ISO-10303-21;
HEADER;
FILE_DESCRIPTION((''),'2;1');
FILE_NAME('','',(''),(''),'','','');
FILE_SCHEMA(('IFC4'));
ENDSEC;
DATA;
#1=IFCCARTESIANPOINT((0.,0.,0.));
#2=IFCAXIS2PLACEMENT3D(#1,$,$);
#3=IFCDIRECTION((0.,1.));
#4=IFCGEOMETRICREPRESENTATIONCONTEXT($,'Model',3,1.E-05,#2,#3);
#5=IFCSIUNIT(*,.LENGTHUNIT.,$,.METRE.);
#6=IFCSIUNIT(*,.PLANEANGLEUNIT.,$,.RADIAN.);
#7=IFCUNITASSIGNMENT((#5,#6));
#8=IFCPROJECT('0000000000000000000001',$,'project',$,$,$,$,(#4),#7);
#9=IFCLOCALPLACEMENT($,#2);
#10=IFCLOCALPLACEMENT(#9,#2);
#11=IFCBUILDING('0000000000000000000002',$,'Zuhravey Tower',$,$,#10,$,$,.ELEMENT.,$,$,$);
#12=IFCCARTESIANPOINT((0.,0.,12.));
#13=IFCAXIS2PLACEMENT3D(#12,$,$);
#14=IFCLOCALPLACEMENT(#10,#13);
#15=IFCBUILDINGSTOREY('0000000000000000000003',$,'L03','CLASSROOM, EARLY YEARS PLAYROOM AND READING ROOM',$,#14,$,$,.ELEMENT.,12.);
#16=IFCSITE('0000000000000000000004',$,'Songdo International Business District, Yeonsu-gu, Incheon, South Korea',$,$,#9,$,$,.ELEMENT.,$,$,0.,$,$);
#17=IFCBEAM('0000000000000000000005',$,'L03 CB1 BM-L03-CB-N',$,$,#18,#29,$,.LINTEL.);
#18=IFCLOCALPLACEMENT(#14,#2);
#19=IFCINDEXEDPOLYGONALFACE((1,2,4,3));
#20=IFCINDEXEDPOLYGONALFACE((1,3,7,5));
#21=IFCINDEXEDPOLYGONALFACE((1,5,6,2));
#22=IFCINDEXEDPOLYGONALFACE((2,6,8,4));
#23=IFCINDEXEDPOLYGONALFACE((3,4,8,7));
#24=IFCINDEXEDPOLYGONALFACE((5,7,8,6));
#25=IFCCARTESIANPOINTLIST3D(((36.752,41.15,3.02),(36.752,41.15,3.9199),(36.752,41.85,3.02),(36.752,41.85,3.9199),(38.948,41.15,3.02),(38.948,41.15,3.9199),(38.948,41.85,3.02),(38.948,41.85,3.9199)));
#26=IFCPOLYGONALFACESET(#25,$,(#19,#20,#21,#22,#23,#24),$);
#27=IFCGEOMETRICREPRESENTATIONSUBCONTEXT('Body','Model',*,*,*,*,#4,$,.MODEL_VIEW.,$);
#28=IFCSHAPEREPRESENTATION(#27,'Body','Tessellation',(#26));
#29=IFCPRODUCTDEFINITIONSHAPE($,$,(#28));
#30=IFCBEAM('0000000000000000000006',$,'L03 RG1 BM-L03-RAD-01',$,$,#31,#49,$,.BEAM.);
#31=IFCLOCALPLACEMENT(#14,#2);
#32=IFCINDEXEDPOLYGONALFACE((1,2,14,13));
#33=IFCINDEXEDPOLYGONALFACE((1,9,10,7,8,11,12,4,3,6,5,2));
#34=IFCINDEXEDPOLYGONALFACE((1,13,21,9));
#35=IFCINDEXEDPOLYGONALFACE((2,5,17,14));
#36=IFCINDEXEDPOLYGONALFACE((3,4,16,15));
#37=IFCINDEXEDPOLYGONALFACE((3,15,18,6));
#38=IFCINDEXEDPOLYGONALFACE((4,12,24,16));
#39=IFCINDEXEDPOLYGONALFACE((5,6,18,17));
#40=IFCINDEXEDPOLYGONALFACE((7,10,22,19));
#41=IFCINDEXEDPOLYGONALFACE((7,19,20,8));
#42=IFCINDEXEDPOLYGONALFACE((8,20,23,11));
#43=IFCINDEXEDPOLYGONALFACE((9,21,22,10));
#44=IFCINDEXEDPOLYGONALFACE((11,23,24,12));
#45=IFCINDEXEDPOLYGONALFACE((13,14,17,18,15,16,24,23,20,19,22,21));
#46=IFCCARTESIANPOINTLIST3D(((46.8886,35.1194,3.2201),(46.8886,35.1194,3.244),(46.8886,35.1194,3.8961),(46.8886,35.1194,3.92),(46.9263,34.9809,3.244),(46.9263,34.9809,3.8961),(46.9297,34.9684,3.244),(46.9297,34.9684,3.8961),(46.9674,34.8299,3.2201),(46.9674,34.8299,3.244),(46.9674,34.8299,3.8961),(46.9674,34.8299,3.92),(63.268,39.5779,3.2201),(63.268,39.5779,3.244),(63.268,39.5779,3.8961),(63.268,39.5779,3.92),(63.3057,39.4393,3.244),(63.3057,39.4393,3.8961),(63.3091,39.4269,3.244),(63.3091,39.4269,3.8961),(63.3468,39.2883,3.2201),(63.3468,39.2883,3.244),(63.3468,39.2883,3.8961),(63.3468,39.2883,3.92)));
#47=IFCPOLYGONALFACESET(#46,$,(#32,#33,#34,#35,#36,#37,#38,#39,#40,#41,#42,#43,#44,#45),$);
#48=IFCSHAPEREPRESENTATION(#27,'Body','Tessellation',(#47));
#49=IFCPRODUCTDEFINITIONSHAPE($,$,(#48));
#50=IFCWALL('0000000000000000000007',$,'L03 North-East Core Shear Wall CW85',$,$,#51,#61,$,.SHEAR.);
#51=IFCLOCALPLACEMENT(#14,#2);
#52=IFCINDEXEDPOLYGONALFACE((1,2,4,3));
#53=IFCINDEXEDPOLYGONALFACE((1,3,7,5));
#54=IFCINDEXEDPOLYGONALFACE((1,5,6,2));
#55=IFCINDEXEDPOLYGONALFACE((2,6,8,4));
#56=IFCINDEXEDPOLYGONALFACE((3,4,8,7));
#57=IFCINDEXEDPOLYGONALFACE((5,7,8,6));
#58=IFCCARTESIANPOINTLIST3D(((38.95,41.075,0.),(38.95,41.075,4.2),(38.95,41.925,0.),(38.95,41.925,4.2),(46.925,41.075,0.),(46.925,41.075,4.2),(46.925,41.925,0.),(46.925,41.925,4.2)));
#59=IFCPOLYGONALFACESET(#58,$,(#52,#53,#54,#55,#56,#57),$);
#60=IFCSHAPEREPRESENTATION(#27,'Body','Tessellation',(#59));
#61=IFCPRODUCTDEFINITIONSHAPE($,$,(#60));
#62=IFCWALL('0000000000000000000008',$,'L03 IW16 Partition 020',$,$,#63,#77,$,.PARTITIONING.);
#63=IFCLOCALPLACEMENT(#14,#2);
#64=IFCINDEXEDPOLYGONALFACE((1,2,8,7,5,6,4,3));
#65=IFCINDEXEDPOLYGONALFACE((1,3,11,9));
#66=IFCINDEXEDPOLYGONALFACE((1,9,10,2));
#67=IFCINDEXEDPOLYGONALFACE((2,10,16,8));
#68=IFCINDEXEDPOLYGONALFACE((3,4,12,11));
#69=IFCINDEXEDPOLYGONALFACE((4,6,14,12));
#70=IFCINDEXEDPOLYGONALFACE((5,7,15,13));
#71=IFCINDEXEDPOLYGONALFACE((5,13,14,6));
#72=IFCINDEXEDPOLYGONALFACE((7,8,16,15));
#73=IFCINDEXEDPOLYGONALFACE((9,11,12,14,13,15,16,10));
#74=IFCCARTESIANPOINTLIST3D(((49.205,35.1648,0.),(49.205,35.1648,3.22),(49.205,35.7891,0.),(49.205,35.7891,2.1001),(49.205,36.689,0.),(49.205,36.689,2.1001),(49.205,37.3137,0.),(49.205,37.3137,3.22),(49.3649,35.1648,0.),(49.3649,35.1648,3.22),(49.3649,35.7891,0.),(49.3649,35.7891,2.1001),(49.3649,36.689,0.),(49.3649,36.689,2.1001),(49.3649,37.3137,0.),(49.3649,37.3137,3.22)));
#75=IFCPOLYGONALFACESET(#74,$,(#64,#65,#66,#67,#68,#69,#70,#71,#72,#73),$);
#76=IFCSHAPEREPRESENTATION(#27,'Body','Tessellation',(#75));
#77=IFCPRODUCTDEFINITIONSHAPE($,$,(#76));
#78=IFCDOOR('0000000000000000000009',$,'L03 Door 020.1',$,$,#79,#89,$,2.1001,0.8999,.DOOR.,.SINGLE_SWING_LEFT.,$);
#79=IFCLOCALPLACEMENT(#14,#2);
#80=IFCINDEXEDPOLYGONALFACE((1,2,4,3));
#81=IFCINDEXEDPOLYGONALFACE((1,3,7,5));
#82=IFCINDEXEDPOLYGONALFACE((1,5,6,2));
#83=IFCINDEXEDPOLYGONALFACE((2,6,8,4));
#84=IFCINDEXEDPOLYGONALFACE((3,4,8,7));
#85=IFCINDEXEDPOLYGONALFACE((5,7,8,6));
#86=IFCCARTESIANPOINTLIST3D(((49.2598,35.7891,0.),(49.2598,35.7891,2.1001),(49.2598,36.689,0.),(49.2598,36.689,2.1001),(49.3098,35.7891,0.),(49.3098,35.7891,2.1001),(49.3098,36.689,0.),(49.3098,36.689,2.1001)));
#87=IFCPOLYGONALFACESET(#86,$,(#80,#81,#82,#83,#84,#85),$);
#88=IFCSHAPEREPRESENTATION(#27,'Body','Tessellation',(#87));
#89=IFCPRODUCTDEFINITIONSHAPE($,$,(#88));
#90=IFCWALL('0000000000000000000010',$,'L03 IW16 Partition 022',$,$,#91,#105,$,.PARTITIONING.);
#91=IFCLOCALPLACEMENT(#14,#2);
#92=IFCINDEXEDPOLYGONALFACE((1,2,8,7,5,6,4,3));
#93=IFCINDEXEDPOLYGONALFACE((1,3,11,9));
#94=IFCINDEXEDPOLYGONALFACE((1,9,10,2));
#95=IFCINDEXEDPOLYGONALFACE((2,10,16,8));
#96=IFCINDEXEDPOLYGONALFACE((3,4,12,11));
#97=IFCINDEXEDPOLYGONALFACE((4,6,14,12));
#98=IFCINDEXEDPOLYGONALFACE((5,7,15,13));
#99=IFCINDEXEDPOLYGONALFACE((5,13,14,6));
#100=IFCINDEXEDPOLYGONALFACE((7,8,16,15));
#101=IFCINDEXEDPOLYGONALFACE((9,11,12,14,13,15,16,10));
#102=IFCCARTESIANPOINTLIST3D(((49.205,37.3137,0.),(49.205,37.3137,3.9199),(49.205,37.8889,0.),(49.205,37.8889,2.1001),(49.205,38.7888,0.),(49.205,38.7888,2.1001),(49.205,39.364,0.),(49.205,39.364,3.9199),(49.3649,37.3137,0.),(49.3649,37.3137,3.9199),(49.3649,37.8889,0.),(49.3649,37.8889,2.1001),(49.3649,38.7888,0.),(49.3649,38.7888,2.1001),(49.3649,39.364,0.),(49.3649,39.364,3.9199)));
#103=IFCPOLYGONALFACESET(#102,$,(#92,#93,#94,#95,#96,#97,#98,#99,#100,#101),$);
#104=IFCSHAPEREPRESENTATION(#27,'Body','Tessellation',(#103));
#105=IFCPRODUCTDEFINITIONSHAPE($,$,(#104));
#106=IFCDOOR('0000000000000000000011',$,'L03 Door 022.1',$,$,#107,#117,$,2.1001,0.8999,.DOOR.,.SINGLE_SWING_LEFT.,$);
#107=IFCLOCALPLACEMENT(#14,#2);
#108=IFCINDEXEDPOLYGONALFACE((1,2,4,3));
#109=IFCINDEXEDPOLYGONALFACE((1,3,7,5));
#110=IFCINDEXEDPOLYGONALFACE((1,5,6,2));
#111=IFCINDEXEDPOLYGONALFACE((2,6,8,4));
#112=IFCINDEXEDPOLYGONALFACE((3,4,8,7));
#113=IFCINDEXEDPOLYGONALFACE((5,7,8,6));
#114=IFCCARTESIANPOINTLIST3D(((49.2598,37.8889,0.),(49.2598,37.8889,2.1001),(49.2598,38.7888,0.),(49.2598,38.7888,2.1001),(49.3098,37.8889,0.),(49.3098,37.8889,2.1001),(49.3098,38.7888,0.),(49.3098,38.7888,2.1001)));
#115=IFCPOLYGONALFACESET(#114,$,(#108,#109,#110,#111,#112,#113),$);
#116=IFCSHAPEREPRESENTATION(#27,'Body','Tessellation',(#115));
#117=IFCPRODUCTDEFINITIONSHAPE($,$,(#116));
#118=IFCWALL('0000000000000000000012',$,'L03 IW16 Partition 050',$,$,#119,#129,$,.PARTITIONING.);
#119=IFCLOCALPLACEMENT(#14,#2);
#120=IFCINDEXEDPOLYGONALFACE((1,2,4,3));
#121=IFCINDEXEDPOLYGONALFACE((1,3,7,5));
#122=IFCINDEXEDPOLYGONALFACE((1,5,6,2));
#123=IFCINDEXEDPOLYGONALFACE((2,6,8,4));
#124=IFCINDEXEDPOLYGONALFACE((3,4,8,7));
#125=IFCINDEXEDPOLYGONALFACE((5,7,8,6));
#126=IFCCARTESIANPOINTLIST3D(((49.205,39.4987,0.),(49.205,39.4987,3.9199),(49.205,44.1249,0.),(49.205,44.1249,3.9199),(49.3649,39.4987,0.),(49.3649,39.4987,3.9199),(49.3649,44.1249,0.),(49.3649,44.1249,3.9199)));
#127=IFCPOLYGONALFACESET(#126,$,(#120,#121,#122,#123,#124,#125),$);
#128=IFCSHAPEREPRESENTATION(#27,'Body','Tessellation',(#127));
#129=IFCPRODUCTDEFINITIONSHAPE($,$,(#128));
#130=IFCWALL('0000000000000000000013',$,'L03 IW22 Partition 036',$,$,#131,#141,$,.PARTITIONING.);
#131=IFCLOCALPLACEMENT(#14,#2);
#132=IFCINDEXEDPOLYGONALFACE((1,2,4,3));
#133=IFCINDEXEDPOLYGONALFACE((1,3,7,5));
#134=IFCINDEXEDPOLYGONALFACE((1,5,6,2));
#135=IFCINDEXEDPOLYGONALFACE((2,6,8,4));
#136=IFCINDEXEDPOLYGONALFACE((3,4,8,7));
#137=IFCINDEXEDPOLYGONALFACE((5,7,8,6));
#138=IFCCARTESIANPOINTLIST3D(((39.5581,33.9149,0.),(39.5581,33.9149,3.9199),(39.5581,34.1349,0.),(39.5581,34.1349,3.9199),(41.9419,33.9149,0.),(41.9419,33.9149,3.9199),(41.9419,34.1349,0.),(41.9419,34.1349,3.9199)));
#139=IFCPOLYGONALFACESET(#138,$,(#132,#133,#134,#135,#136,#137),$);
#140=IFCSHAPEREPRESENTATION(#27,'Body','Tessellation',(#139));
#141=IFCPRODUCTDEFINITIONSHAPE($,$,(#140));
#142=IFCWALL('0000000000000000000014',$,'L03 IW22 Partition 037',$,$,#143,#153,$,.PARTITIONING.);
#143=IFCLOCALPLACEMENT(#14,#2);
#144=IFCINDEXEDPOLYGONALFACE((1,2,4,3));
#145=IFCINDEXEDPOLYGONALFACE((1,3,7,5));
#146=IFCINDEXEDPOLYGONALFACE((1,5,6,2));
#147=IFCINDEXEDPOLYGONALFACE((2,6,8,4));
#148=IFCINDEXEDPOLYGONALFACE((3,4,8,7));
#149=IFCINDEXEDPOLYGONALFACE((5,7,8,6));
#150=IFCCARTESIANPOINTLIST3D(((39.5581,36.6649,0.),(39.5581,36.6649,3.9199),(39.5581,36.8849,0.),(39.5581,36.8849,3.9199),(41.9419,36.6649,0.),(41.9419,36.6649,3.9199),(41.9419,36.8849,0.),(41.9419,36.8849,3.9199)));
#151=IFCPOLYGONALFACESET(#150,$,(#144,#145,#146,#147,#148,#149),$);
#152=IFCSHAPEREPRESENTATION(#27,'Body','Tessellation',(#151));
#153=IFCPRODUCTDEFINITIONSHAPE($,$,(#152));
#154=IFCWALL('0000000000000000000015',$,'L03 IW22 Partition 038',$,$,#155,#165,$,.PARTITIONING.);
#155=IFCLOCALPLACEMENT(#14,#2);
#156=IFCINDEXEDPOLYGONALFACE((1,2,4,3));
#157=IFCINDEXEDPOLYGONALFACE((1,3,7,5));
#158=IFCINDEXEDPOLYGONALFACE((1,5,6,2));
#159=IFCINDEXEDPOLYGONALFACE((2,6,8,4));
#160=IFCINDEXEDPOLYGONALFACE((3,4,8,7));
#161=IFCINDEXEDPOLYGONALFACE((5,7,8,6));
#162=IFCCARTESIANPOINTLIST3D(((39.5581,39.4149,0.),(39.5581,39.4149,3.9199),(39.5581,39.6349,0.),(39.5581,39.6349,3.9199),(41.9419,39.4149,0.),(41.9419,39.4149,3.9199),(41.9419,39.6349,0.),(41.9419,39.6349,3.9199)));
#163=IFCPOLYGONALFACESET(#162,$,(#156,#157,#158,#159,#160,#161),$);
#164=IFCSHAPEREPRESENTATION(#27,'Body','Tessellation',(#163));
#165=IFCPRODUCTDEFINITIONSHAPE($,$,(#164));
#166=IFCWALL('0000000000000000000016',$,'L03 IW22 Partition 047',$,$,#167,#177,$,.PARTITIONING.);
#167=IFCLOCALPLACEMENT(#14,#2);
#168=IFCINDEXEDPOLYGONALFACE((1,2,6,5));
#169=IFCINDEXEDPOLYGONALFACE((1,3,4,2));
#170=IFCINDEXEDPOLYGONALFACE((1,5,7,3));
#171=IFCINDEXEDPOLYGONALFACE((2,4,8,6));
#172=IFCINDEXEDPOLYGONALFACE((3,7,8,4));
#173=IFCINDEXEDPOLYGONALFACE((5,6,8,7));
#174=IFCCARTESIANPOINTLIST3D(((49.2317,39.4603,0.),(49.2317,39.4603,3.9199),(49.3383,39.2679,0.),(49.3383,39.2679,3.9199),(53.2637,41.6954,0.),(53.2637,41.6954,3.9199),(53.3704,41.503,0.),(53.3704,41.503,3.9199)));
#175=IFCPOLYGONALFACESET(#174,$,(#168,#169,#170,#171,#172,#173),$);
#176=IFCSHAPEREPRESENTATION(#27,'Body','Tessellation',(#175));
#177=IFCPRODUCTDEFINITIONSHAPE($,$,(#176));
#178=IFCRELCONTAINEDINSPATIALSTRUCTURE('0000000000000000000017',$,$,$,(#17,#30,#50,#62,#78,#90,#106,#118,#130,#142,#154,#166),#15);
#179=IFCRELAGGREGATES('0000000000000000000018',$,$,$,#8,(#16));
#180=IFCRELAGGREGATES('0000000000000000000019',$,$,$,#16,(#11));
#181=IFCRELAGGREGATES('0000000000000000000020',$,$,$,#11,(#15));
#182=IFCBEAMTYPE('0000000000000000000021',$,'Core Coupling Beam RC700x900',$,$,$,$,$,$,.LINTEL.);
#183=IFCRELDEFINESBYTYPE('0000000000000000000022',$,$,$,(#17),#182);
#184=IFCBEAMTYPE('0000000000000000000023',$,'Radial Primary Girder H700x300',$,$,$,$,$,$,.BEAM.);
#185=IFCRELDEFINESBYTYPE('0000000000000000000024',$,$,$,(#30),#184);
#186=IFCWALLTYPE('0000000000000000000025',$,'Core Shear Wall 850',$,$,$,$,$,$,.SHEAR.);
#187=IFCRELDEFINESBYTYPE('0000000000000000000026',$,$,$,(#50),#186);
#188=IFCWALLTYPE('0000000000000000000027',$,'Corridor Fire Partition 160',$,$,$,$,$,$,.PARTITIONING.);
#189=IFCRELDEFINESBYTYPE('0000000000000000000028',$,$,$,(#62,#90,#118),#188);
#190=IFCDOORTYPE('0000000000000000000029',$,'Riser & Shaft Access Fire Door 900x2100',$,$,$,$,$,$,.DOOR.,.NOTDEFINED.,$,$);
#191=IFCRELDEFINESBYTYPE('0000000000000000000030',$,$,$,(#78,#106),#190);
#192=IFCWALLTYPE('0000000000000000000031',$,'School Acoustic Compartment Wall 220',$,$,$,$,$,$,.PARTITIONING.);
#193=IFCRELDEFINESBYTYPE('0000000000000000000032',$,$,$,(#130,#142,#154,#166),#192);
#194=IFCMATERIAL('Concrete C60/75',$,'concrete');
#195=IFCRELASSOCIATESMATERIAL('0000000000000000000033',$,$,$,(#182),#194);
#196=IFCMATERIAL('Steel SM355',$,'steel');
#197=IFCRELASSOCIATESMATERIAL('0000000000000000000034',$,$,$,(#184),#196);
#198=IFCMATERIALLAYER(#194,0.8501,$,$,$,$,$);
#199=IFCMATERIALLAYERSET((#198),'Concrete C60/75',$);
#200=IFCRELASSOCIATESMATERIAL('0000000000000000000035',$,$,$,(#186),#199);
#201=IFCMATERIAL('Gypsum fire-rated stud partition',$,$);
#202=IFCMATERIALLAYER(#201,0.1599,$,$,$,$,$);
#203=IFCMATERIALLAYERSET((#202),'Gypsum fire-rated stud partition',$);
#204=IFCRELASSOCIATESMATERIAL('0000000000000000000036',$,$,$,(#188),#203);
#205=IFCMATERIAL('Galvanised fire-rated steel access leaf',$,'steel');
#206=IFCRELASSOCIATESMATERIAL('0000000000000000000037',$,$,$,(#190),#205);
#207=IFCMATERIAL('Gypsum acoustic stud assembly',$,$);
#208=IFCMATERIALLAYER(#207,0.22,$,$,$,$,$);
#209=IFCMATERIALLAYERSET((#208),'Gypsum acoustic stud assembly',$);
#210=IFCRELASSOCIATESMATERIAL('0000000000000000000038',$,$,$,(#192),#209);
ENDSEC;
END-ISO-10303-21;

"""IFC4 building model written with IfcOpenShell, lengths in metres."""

from ifc_helpers import new_model, si_unit, direction, frame, frame_2d, origin, origin_2d, place, context, subcontext, project, spatial, rectangle, i_section, extrude, material, layer, layer_set, material_profile, profile_set, type_object, element, fill, save


model = new_model("IFC4")

# Units and contexts
model_context = context("Model", 3, precision=1e-05, world=origin(), true_north=direction((0.0, 1.0)))
body_context = subcontext(model_context, "Body", "Model", "MODEL_VIEW")
ifc_project = project(units=[si_unit("LENGTHUNIT", "METRE"), si_unit("PLANEANGLEUNIT", "RADIAN")], contexts=[model_context])

# Site, building, storey
site_placement = place(None, origin())
site = spatial("IfcSite", under=ifc_project, at=site_placement, Name="Songdo International Business District, Yeonsu-gu, Incheon, South Korea", CompositionType="ELEMENT", RefElevation=0.0)
building_placement = place(site_placement, origin())
building = spatial("IfcBuilding", under=site, at=building_placement, Name="Zuhravey Tower", CompositionType="ELEMENT")
storey_placement = place(building_placement, frame((0.0, 0.0, 12.0)))
storey = spatial("IfcBuildingStorey", under=building, at=storey_placement, Name="L03", Description="CLASSROOM, EARLY YEARS PLAYROOM AND READING ROOM", CompositionType="ELEMENT", Elevation=12.0)

# Beams
ifc_material_1 = material(Name="Concrete C60/75", Category="concrete")
ifc_material_profile_1 = material_profile(ifc_material_1, rectangle(XDim=0.7, YDim=0.8999, at=origin_2d()), Name="RC-700x900")
ifc_profile_set_1 = profile_set([ifc_material_profile_1], Name="Concrete C60/75")
beam_type_1 = type_object("IfcBeamType", Name="Core Coupling Beam RC700x900", PredefinedType="LINTEL", material=ifc_profile_set_1)
beam_1_placement = place(storey_placement, frame((36.752, 41.5, 3.47), z_axis=(1.0, 0.0, 0.0), x_axis=(0.0, 1.0, 0.0)))
element("IfcBeam", 1, at=beam_1_placement, inside=storey, type_object=beam_type_1, Name="L03 CB1 BM-L03-CB-N", PredefinedType="LINTEL", context=body_context, shape_type="SweptSolid", body=[
    extrude(rectangle(XDim=0.7, YDim=0.8999, at=origin_2d()), origin(), (0.0, 0.0, 1.0), 2.196),
])
ifc_material_2 = material(Name="Steel SM355", Category="steel")
ifc_material_profile_2 = material_profile(ifc_material_2, i_section(OverallWidth=0.3, OverallDepth=0.7, WebThickness=0.0129, FlangeThickness=0.0239, at=origin_2d()), Name="H-700x300x13x24")
ifc_profile_set_2 = profile_set([ifc_material_profile_2], Name="Steel SM355")
beam_type_2 = type_object("IfcBeamType", Name="Radial Primary Girder H700x300", PredefinedType="BEAM", material=ifc_profile_set_2)
beam_2_placement = place(storey_placement, frame((46.928, 34.9746, 3.5701), z_axis=(0.964892, 0.262645, 0.0), x_axis=(-0.262645, 0.964892, 0.0)))
element("IfcBeam", 2, at=beam_2_placement, inside=storey, type_object=beam_type_2, Name="L03 RG1 BM-L03-RAD-01", PredefinedType="BEAM", context=body_context, shape_type="SweptSolid", body=[
    extrude(i_section(OverallWidth=0.3, OverallDepth=0.7, WebThickness=0.0129, FlangeThickness=0.0239, at=origin_2d()), origin(), (0.0, 0.0, 1.0), 16.9753),
])

# Wall
ifc_layer_1 = layer(ifc_material_1, 0.8501)
ifc_layer_set_1 = layer_set([ifc_layer_1], Name="Concrete C60/75")
wall_type_1 = type_object("IfcWallType", Name="Core Shear Wall 850", PredefinedType="SHEAR", material=ifc_layer_set_1)
wall_1_placement = place(storey_placement, frame((46.925, 41.5, 0.0), z_axis=(0.0, 0.0, 1.0), x_axis=(-1.0, 0.0, 0.0)))
element("IfcWall", 3, at=wall_1_placement, inside=storey, type_object=wall_type_1, Name="L03 North-East Core Shear Wall CW85", PredefinedType="SHEAR", context=body_context, shape_type="SweptSolid", body=[
    extrude(rectangle(XDim=7.9751, YDim=0.8501, at=frame_2d((3.9875, 0.0))), origin(), (0.0, 0.0, 1.0), 4.2),
])

# Walls, openings, doors
ifc_material_3 = material(Name="Gypsum fire-rated stud partition")
ifc_layer_2 = layer(ifc_material_3, 0.1599)
ifc_layer_set_2 = layer_set([ifc_layer_2], Name="Gypsum fire-rated stud partition")
wall_type_2 = type_object("IfcWallType", Name="Corridor Fire Partition 160", PredefinedType="PARTITIONING", material=ifc_layer_set_2)
wall_2_placement = place(storey_placement, frame((49.2849, 35.1648, 0.0), z_axis=(0.0, 0.0, 1.0), x_axis=(0.0, 1.0, 0.0)))
wall_2 = element("IfcWall", 4, at=wall_2_placement, inside=storey, type_object=wall_type_2, Name="L03 IW16 Partition 020", PredefinedType="PARTITIONING", context=body_context, shape_type="SweptSolid", body=[
    extrude(rectangle(XDim=2.1489, YDim=0.1599, at=frame_2d((1.0745, 0.0))), origin(), (0.0, 0.0, 1.0), 3.22),
])
opening_1_placement = place(wall_2_placement, frame((0.6243, 0.0, 0.0)))
opening_1 = element("IfcOpeningElement", 5, at=opening_1_placement, cuts=wall_2, PredefinedType="OPENING", context=body_context, shape_type="SweptSolid", body=[
    extrude(rectangle(XDim=0.8999, YDim=2.1001, at=frame_2d((0.45, 1.05))), frame((0.0, 0.092, 0.0), z_axis=(0.0, -1.0, 0.0), x_axis=(1.0, 0.0, 0.0)), (0.0, 0.0, 1.0), 0.1838),
])
ifc_material_4 = material(Name="Galvanised fire-rated steel access leaf", Category="steel")
door_type_1 = type_object("IfcDoorType", Name="Riser & Shaft Access Fire Door 900x2100", OperationType="NOTDEFINED", PredefinedType="DOOR", material=ifc_material_4)
door_1_placement = place(opening_1_placement, frame((0.8999, 0.0, 0.0), z_axis=(0.0, 0.0, 1.0), x_axis=(-1.0, 0.0, 0.0)))
door_1 = element("IfcDoor", 6, at=door_1_placement, inside=storey, type_object=door_type_1, Name="L03 Door 020.1", OperationType="SINGLE_SWING_LEFT", OverallHeight=2.1001, OverallWidth=0.8999, PredefinedType="DOOR", context=body_context, shape_type="SweptSolid", body=[
    extrude(rectangle(XDim=0.8999, YDim=2.1001, at=frame_2d((0.45, 1.05))), frame((0.0, 0.0249, 0.0), z_axis=(0.0, -1.0, 0.0), x_axis=(1.0, 0.0, 0.0)), (0.0, 0.0, 1.0), 0.05),
])
fill(opening_1, door_1)
wall_3_placement = place(storey_placement, frame((49.2849, 37.3137, 0.0), z_axis=(0.0, 0.0, 1.0), x_axis=(0.0, 1.0, 0.0)))
wall_3 = element("IfcWall", 7, at=wall_3_placement, inside=storey, type_object=wall_type_2, Name="L03 IW16 Partition 022", PredefinedType="PARTITIONING", context=body_context, shape_type="SweptSolid", body=[
    extrude(rectangle(XDim=2.0503, YDim=0.1599, at=frame_2d((1.0251, 0.0))), origin(), (0.0, 0.0, 1.0), 3.9199),
])
opening_2_placement = place(wall_3_placement, frame((0.5752, 0.0, 0.0)))
opening_2 = element("IfcOpeningElement", 8, at=opening_2_placement, cuts=wall_3, PredefinedType="OPENING", context=body_context, shape_type="SweptSolid", body=[
    extrude(rectangle(XDim=0.8999, YDim=2.1001, at=frame_2d((0.45, 1.05))), frame((0.0, 0.092, 0.0), z_axis=(0.0, -1.0, 0.0), x_axis=(1.0, 0.0, 0.0)), (0.0, 0.0, 1.0), 0.1838),
])
door_2_placement = place(opening_2_placement, frame((0.8999, 0.0, 0.0), z_axis=(0.0, 0.0, 1.0), x_axis=(-1.0, 0.0, 0.0)))
door_2 = element("IfcDoor", 9, at=door_2_placement, inside=storey, type_object=door_type_1, Name="L03 Door 022.1", OperationType="SINGLE_SWING_LEFT", OverallHeight=2.1001, OverallWidth=0.8999, PredefinedType="DOOR", context=body_context, shape_type="SweptSolid", body=[
    extrude(rectangle(XDim=0.8999, YDim=2.1001, at=frame_2d((0.45, 1.05))), frame((0.0, 0.0249, 0.0), z_axis=(0.0, -1.0, 0.0), x_axis=(1.0, 0.0, 0.0)), (0.0, 0.0, 1.0), 0.05),
])
fill(opening_2, door_2)

# Wall
wall_4_placement = place(storey_placement, frame((49.2849, 39.4988, 0.0), z_axis=(0.0, 0.0, 1.0), x_axis=(0.0, 1.0, 0.0)))
element("IfcWall", 10, at=wall_4_placement, inside=storey, type_object=wall_type_2, Name="L03 IW16 Partition 050", PredefinedType="PARTITIONING", context=body_context, shape_type="SweptSolid", body=[
    extrude(rectangle(XDim=4.6262, YDim=0.1599, at=frame_2d((2.313, 0.0))), origin(), (0.0, 0.0, 1.0), 3.9199),
])

# Walls
ifc_material_5 = material(Name="Gypsum acoustic stud assembly")
ifc_layer_3 = layer(ifc_material_5, 0.22)
ifc_layer_set_3 = layer_set([ifc_layer_3], Name="Gypsum acoustic stud assembly")
wall_type_3 = type_object("IfcWallType", Name="School Acoustic Compartment Wall 220", PredefinedType="PARTITIONING", material=ifc_layer_set_3)
for number, where, z_axis, x_axis, name in (
    (11, (39.5581, 34.0249, 0.0), (0.0, 0.0, 1.0), (1.0, 0.0, 0.0), "L03 IW22 Partition 036"),
    (12, (39.5581, 36.7749, 0.0), (0.0, 0.0, 1.0), (1.0, 0.0, 0.0), "L03 IW22 Partition 037"),
    (13, (39.5581, 39.5249, 0.0), (0.0, 0.0, 1.0), (1.0, 0.0, 0.0), "L03 IW22 Partition 038"),
):
    element("IfcWall", number, at=place(storey_placement, frame(where, z_axis=z_axis, x_axis=x_axis)), inside=storey, type_object=wall_type_3, Name=name, PredefinedType="PARTITIONING", context=body_context, shape_type="SweptSolid", body=[
        extrude(rectangle(XDim=2.3838, YDim=0.22, at=frame_2d((1.1919, 0.0))), origin(), (0.0, 0.0, 1.0), 3.9199),
    ])
wall_5_placement = place(storey_placement, frame((49.2849, 39.364, 0.0), z_axis=(0.0, 0.0, 1.0), x_axis=(0.874607, 0.484833, 0.0)))
element("IfcWall", 14, at=wall_5_placement, inside=storey, type_object=wall_type_3, Name="L03 IW22 Partition 047", PredefinedType="PARTITIONING", context=body_context, shape_type="SweptSolid", body=[
    extrude(rectangle(XDim=4.6101, YDim=0.22, at=frame_2d((2.3052, 0.0))), origin(), (0.0, 0.0, 1.0), 3.9199),
])

save(model, "model.ifc")
